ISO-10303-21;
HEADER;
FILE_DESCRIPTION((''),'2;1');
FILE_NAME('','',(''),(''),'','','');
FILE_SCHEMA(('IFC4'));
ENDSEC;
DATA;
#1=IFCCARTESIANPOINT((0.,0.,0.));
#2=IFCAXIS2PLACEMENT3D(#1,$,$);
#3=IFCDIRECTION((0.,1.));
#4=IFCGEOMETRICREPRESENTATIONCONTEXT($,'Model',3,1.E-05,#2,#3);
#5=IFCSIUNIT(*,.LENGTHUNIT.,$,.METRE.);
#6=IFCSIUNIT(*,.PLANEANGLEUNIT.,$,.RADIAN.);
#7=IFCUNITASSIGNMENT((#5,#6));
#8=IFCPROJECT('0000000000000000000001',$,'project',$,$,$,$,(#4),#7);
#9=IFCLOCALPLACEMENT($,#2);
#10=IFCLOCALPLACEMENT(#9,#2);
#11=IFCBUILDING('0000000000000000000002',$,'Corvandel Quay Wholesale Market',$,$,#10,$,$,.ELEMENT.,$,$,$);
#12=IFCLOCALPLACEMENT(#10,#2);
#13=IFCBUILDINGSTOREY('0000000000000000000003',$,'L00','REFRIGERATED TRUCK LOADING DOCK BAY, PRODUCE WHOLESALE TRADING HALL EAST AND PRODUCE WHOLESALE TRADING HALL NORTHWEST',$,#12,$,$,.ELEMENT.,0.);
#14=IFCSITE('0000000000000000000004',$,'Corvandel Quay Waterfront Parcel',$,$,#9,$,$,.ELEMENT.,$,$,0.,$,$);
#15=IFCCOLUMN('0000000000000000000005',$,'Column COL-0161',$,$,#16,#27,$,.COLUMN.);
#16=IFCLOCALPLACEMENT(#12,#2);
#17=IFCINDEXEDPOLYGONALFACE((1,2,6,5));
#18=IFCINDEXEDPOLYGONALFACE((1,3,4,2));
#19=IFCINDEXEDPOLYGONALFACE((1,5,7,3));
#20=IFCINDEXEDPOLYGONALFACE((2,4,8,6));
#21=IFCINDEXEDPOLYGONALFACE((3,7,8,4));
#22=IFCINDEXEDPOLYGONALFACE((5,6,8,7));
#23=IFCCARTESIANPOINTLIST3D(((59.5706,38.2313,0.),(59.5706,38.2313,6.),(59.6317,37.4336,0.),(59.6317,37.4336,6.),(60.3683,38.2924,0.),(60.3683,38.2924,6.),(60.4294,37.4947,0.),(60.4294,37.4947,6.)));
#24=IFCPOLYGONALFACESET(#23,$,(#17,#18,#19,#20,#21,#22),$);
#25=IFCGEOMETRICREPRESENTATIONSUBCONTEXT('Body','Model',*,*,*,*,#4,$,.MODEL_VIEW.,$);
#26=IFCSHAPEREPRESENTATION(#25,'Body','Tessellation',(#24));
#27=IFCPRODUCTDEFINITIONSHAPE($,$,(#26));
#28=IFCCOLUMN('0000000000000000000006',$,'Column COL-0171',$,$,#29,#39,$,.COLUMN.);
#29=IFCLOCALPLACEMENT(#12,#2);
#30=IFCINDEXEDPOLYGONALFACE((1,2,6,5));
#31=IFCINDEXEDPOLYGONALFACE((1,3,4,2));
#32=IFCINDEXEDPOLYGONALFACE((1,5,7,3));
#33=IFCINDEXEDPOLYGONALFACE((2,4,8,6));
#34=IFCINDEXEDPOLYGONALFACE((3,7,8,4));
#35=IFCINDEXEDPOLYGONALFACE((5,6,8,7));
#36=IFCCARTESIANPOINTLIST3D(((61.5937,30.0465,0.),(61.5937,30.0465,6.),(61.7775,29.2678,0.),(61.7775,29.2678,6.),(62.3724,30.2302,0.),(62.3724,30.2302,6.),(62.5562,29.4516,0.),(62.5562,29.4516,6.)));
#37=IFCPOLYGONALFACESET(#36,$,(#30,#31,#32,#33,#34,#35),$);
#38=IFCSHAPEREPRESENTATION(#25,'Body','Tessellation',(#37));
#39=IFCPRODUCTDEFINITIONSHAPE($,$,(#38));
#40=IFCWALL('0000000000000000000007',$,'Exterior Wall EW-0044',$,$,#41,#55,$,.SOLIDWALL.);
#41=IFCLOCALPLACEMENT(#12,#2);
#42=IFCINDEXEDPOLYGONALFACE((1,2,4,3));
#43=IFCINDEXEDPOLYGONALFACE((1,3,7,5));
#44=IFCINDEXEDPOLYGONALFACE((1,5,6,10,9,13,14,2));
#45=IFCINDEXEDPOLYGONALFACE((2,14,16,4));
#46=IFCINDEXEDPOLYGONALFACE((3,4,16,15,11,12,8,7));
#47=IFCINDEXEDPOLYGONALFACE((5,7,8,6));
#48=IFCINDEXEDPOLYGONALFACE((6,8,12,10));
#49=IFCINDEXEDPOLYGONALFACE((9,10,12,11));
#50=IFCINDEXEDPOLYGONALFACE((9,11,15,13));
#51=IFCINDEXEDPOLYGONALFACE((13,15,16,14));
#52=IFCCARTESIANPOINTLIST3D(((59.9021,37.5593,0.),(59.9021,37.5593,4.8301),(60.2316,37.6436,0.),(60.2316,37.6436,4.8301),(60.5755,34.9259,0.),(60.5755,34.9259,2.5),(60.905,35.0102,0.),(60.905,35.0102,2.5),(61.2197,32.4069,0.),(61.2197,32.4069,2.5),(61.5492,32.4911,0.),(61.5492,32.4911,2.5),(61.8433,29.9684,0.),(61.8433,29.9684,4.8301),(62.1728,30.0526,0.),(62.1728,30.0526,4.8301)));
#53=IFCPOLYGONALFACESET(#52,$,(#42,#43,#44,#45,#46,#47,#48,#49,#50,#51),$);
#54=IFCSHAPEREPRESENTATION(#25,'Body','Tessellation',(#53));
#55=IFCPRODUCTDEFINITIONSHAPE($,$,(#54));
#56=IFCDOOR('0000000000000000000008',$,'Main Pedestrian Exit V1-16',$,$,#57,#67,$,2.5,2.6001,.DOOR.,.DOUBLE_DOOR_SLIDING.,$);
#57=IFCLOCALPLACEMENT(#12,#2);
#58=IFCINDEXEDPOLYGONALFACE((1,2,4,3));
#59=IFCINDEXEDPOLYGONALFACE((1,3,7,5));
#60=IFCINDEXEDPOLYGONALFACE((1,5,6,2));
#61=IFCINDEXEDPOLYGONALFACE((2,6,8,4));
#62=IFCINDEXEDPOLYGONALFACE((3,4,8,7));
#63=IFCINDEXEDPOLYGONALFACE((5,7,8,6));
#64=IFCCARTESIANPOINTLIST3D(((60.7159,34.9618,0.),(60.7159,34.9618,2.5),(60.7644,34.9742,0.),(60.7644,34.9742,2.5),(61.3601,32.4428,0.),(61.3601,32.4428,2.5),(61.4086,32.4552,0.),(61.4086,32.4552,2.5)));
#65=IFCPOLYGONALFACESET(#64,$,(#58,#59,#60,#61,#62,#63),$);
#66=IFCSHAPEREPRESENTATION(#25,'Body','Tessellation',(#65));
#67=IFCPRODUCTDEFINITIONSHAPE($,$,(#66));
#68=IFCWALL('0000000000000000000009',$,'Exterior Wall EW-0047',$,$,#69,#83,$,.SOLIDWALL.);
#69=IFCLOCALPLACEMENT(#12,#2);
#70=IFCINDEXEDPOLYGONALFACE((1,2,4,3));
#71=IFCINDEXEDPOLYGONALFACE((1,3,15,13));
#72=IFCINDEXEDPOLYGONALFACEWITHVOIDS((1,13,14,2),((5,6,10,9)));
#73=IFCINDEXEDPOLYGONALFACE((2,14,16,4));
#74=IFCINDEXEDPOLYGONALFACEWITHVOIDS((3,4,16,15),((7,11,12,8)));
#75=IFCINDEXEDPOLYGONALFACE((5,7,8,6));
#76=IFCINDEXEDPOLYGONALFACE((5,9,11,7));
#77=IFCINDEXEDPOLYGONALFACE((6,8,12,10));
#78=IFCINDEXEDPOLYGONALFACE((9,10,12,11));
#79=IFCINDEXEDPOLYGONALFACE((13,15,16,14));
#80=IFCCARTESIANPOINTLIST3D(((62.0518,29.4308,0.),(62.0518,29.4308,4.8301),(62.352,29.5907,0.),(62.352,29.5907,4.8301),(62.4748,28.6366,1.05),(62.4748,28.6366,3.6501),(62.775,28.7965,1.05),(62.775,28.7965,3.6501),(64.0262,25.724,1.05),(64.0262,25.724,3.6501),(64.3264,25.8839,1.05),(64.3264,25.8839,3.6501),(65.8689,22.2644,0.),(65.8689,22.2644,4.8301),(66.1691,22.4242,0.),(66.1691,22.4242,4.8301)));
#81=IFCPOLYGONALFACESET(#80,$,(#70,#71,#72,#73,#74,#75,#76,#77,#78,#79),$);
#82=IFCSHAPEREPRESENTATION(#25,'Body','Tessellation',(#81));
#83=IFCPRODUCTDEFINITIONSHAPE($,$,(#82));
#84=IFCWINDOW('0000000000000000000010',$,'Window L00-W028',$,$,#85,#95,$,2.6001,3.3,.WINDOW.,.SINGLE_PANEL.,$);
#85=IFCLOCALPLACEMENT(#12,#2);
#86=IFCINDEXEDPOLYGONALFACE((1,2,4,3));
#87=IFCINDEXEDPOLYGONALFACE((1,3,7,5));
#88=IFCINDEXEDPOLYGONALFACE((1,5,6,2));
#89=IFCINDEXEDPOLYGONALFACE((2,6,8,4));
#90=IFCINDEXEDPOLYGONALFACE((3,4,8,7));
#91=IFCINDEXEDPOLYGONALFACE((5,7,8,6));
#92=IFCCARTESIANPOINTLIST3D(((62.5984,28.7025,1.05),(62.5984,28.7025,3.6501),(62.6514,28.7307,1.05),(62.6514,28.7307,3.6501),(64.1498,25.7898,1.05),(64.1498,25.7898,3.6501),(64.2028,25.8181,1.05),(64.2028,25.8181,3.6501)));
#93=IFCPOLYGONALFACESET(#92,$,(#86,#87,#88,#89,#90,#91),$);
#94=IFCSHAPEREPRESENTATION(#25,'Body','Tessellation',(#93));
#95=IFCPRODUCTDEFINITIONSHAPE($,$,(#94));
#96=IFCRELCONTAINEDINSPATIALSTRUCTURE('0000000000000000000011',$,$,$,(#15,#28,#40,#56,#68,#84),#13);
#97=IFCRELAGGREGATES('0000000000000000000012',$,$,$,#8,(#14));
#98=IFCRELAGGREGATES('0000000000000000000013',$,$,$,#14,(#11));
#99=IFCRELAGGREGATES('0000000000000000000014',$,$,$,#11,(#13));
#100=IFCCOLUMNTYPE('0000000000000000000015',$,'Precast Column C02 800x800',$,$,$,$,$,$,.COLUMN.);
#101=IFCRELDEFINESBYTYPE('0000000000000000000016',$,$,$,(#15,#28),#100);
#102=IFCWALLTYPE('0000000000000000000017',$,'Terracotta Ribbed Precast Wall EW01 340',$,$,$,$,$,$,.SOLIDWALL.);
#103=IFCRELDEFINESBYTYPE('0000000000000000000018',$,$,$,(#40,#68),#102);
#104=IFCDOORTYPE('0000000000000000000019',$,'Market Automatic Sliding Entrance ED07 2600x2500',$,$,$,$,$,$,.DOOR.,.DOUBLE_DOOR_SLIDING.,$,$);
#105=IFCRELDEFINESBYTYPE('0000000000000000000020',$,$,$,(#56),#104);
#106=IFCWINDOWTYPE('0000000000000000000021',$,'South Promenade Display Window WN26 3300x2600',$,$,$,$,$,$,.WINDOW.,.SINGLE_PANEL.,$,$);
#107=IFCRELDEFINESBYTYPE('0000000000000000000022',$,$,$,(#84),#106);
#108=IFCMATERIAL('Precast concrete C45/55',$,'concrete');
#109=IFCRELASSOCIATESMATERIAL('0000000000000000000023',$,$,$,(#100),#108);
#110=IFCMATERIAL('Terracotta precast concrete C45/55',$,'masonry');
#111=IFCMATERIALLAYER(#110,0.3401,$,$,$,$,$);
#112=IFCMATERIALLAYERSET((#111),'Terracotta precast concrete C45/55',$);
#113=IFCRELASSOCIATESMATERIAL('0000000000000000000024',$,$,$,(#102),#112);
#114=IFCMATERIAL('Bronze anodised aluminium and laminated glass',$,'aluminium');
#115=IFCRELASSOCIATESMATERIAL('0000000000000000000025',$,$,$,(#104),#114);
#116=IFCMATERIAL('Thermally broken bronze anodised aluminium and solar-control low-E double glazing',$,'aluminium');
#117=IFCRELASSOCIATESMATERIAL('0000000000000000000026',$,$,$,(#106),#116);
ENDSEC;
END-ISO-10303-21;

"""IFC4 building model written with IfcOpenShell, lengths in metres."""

from ifc_helpers import new_model, si_unit, direction, frame, frame_2d, origin, origin_2d, place, context, subcontext, project, spatial, rectangle, extrude, material, layer, layer_set, material_profile, profile_set, type_object, element, fill, save


model = new_model("IFC4")

# Units and contexts
model_context = context("Model", 3, precision=1e-05, world=origin(), true_north=direction((0.0, 1.0)))
body_context = subcontext(model_context, "Body", "Model", "MODEL_VIEW")
ifc_project = project(units=[si_unit("LENGTHUNIT", "METRE"), si_unit("PLANEANGLEUNIT", "RADIAN")], contexts=[model_context])

# Site, building, storey
site_placement = place(None, origin())
site = spatial("IfcSite", under=ifc_project, at=site_placement, Name="Corvandel Quay Waterfront Parcel", CompositionType="ELEMENT", RefElevation=0.0)
building_placement = place(site_placement, origin())
building = spatial("IfcBuilding", under=site, at=building_placement, Name="Corvandel Quay Wholesale Market", CompositionType="ELEMENT")
storey_placement = place(building_placement, origin())
storey = spatial("IfcBuildingStorey", under=building, at=storey_placement, Name="L00", Description="REFRIGERATED TRUCK LOADING DOCK BAY, PRODUCE WHOLESALE TRADING HALL EAST AND PRODUCE WHOLESALE TRADING HALL NORTHWEST", CompositionType="ELEMENT", Elevation=0.0)

# Columns
ifc_material_1 = material(Name="Precast concrete C45/55", Category="concrete")
ifc_material_profile_1 = material_profile(ifc_material_1, rectangle(XDim=0.8, YDim=0.8, at=origin_2d()), Name="PC-COL-800x800")
ifc_profile_set_1 = profile_set([ifc_material_profile_1], Name="Precast concrete C45/55")
column_type = type_object("IfcColumnType", Name="Precast Column C02 800x800", PredefinedType="COLUMN", material=ifc_profile_set_1)
for number, where, z_axis, x_axis, name in (
    (1, (60.0, 37.863, 0.0), (0.0, 0.0, 1.0), (-0.076371, 0.997079, 0.0), "Column COL-0161"),
    (2, (62.075, 29.749, 0.0), (0.0, 0.0, 1.0), (-0.22971, 0.973259, 0.0), "Column COL-0171"),
):
    element("IfcColumn", number, at=place(storey_placement, frame(where, z_axis=z_axis, x_axis=x_axis)), inside=storey, type_object=column_type, Name=name, PredefinedType="COLUMN", context=body_context, shape_type="SweptSolid", body=[
        extrude(rectangle(XDim=0.8, YDim=0.8, at=origin_2d()), origin(), (0.0, 0.0, 1.0), 6.0),
    ])

# Wall, opening, door
ifc_material_2 = material(Name="Terracotta precast concrete C45/55", Category="masonry")
ifc_layer_1 = layer(ifc_material_2, 0.3401)
ifc_layer_set_1 = layer_set([ifc_layer_1], Name="Terracotta precast concrete C45/55")
wall_type = type_object("IfcWallType", Name="Terracotta Ribbed Precast Wall EW01 340", PredefinedType="SOLIDWALL", material=ifc_layer_set_1)
wall_1_placement = place(storey_placement, frame((60.0669, 37.6013, 0.0), z_axis=(0.0, 0.0, 1.0), x_axis=(0.247752, -0.968823, 0.0)))
wall_1 = element("IfcWall", 3, at=wall_1_placement, inside=storey, type_object=wall_type, Name="Exterior Wall EW-0044", PredefinedType="SOLIDWALL", context=body_context, shape_type="SweptSolid", body=[
    extrude(rectangle(XDim=7.8352, YDim=0.3401, at=frame_2d((3.9175, 0.0))), origin(), (0.0, 0.0, 1.0), 4.8301),
])
opening_1_placement = place(wall_1_placement, frame((2.718, 0.0, 0.0)))
opening_1 = element("IfcOpeningElement", 4, at=opening_1_placement, cuts=wall_1, PredefinedType="OPENING", context=body_context, shape_type="SweptSolid", body=[
    extrude(rectangle(XDim=2.6001, YDim=2.5, at=frame_2d((1.3, 1.25))), frame((0.0, 0.1799, 0.0), z_axis=(0.0, -1.0, 0.0), x_axis=(1.0, 0.0, 0.0)), (0.0, 0.0, 1.0), 0.3601),
])
ifc_material_3 = material(Name="Bronze anodised aluminium and laminated glass", Category="aluminium")
door_type = type_object("IfcDoorType", Name="Market Automatic Sliding Entrance ED07 2600x2500", OperationType="DOUBLE_DOOR_SLIDING", PredefinedType="DOOR", material=ifc_material_3)
door_placement = place(opening_1_placement, origin())
door = element("IfcDoor", 5, at=door_placement, inside=storey, type_object=door_type, Name="Main Pedestrian Exit V1-16", OperationType="DOUBLE_DOOR_SLIDING", OverallHeight=2.5, OverallWidth=2.6001, PredefinedType="DOOR", context=body_context, shape_type="SweptSolid", body=[
    extrude(rectangle(XDim=2.6001, YDim=2.5, at=frame_2d((1.3, 1.25))), frame((0.0, 0.0249, 0.0), z_axis=(0.0, -1.0, 0.0), x_axis=(1.0, 0.0, 0.0)), (0.0, 0.0, 1.0), 0.05),
])
fill(opening_1, door)

# Wall, opening, window
wall_2_placement = place(storey_placement, frame((62.2019, 29.5107, 0.0), z_axis=(0.0, 0.0, 1.0), x_axis=(0.470109, -0.882608, 0.0)))
wall_2 = element("IfcWall", 6, at=wall_2_placement, inside=storey, type_object=wall_type, Name="Exterior Wall EW-0047", PredefinedType="SOLIDWALL", context=body_context, shape_type="SweptSolid", body=[
    extrude(rectangle(XDim=8.1196, YDim=0.3401, at=frame_2d((4.0598, 0.0))), origin(), (0.0, 0.0, 1.0), 4.8301),
])
opening_2_placement = place(wall_2_placement, frame((0.8999, 0.0, 1.05)))
opening_2 = element("IfcOpeningElement", 7, at=opening_2_placement, cuts=wall_2, PredefinedType="OPENING", context=body_context, shape_type="SweptSolid", body=[
    extrude(rectangle(XDim=3.3, YDim=2.6001, at=frame_2d((1.6499, 1.3))), frame((0.0, 0.1799, 0.0), z_axis=(0.0, -1.0, 0.0), x_axis=(1.0, 0.0, 0.0)), (0.0, 0.0, 1.0), 0.3601),
])
ifc_material_4 = material(Name="Thermally broken bronze anodised aluminium and solar-control low-E double glazing", Category="aluminium")
window_type = type_object("IfcWindowType", Name="South Promenade Display Window WN26 3300x2600", PartitioningType="SINGLE_PANEL", PredefinedType="WINDOW", material=ifc_material_4)
window_placement = place(opening_2_placement, origin())
window = element("IfcWindow", 8, at=window_placement, inside=storey, type_object=window_type, Name="Window L00-W028", OverallHeight=2.6001, OverallWidth=3.3, PartitioningType="SINGLE_PANEL", PredefinedType="WINDOW", context=body_context, shape_type="SweptSolid", body=[
    extrude(rectangle(XDim=3.3, YDim=2.6001, at=frame_2d((1.6499, 1.3))), frame((0.0, 0.03, 0.0), z_axis=(0.0, -1.0, 0.0), x_axis=(1.0, 0.0, 0.0)), (0.0, 0.0, 1.0), 0.0601),
])
fill(opening_2, window)

save(model, "model.ifc")
